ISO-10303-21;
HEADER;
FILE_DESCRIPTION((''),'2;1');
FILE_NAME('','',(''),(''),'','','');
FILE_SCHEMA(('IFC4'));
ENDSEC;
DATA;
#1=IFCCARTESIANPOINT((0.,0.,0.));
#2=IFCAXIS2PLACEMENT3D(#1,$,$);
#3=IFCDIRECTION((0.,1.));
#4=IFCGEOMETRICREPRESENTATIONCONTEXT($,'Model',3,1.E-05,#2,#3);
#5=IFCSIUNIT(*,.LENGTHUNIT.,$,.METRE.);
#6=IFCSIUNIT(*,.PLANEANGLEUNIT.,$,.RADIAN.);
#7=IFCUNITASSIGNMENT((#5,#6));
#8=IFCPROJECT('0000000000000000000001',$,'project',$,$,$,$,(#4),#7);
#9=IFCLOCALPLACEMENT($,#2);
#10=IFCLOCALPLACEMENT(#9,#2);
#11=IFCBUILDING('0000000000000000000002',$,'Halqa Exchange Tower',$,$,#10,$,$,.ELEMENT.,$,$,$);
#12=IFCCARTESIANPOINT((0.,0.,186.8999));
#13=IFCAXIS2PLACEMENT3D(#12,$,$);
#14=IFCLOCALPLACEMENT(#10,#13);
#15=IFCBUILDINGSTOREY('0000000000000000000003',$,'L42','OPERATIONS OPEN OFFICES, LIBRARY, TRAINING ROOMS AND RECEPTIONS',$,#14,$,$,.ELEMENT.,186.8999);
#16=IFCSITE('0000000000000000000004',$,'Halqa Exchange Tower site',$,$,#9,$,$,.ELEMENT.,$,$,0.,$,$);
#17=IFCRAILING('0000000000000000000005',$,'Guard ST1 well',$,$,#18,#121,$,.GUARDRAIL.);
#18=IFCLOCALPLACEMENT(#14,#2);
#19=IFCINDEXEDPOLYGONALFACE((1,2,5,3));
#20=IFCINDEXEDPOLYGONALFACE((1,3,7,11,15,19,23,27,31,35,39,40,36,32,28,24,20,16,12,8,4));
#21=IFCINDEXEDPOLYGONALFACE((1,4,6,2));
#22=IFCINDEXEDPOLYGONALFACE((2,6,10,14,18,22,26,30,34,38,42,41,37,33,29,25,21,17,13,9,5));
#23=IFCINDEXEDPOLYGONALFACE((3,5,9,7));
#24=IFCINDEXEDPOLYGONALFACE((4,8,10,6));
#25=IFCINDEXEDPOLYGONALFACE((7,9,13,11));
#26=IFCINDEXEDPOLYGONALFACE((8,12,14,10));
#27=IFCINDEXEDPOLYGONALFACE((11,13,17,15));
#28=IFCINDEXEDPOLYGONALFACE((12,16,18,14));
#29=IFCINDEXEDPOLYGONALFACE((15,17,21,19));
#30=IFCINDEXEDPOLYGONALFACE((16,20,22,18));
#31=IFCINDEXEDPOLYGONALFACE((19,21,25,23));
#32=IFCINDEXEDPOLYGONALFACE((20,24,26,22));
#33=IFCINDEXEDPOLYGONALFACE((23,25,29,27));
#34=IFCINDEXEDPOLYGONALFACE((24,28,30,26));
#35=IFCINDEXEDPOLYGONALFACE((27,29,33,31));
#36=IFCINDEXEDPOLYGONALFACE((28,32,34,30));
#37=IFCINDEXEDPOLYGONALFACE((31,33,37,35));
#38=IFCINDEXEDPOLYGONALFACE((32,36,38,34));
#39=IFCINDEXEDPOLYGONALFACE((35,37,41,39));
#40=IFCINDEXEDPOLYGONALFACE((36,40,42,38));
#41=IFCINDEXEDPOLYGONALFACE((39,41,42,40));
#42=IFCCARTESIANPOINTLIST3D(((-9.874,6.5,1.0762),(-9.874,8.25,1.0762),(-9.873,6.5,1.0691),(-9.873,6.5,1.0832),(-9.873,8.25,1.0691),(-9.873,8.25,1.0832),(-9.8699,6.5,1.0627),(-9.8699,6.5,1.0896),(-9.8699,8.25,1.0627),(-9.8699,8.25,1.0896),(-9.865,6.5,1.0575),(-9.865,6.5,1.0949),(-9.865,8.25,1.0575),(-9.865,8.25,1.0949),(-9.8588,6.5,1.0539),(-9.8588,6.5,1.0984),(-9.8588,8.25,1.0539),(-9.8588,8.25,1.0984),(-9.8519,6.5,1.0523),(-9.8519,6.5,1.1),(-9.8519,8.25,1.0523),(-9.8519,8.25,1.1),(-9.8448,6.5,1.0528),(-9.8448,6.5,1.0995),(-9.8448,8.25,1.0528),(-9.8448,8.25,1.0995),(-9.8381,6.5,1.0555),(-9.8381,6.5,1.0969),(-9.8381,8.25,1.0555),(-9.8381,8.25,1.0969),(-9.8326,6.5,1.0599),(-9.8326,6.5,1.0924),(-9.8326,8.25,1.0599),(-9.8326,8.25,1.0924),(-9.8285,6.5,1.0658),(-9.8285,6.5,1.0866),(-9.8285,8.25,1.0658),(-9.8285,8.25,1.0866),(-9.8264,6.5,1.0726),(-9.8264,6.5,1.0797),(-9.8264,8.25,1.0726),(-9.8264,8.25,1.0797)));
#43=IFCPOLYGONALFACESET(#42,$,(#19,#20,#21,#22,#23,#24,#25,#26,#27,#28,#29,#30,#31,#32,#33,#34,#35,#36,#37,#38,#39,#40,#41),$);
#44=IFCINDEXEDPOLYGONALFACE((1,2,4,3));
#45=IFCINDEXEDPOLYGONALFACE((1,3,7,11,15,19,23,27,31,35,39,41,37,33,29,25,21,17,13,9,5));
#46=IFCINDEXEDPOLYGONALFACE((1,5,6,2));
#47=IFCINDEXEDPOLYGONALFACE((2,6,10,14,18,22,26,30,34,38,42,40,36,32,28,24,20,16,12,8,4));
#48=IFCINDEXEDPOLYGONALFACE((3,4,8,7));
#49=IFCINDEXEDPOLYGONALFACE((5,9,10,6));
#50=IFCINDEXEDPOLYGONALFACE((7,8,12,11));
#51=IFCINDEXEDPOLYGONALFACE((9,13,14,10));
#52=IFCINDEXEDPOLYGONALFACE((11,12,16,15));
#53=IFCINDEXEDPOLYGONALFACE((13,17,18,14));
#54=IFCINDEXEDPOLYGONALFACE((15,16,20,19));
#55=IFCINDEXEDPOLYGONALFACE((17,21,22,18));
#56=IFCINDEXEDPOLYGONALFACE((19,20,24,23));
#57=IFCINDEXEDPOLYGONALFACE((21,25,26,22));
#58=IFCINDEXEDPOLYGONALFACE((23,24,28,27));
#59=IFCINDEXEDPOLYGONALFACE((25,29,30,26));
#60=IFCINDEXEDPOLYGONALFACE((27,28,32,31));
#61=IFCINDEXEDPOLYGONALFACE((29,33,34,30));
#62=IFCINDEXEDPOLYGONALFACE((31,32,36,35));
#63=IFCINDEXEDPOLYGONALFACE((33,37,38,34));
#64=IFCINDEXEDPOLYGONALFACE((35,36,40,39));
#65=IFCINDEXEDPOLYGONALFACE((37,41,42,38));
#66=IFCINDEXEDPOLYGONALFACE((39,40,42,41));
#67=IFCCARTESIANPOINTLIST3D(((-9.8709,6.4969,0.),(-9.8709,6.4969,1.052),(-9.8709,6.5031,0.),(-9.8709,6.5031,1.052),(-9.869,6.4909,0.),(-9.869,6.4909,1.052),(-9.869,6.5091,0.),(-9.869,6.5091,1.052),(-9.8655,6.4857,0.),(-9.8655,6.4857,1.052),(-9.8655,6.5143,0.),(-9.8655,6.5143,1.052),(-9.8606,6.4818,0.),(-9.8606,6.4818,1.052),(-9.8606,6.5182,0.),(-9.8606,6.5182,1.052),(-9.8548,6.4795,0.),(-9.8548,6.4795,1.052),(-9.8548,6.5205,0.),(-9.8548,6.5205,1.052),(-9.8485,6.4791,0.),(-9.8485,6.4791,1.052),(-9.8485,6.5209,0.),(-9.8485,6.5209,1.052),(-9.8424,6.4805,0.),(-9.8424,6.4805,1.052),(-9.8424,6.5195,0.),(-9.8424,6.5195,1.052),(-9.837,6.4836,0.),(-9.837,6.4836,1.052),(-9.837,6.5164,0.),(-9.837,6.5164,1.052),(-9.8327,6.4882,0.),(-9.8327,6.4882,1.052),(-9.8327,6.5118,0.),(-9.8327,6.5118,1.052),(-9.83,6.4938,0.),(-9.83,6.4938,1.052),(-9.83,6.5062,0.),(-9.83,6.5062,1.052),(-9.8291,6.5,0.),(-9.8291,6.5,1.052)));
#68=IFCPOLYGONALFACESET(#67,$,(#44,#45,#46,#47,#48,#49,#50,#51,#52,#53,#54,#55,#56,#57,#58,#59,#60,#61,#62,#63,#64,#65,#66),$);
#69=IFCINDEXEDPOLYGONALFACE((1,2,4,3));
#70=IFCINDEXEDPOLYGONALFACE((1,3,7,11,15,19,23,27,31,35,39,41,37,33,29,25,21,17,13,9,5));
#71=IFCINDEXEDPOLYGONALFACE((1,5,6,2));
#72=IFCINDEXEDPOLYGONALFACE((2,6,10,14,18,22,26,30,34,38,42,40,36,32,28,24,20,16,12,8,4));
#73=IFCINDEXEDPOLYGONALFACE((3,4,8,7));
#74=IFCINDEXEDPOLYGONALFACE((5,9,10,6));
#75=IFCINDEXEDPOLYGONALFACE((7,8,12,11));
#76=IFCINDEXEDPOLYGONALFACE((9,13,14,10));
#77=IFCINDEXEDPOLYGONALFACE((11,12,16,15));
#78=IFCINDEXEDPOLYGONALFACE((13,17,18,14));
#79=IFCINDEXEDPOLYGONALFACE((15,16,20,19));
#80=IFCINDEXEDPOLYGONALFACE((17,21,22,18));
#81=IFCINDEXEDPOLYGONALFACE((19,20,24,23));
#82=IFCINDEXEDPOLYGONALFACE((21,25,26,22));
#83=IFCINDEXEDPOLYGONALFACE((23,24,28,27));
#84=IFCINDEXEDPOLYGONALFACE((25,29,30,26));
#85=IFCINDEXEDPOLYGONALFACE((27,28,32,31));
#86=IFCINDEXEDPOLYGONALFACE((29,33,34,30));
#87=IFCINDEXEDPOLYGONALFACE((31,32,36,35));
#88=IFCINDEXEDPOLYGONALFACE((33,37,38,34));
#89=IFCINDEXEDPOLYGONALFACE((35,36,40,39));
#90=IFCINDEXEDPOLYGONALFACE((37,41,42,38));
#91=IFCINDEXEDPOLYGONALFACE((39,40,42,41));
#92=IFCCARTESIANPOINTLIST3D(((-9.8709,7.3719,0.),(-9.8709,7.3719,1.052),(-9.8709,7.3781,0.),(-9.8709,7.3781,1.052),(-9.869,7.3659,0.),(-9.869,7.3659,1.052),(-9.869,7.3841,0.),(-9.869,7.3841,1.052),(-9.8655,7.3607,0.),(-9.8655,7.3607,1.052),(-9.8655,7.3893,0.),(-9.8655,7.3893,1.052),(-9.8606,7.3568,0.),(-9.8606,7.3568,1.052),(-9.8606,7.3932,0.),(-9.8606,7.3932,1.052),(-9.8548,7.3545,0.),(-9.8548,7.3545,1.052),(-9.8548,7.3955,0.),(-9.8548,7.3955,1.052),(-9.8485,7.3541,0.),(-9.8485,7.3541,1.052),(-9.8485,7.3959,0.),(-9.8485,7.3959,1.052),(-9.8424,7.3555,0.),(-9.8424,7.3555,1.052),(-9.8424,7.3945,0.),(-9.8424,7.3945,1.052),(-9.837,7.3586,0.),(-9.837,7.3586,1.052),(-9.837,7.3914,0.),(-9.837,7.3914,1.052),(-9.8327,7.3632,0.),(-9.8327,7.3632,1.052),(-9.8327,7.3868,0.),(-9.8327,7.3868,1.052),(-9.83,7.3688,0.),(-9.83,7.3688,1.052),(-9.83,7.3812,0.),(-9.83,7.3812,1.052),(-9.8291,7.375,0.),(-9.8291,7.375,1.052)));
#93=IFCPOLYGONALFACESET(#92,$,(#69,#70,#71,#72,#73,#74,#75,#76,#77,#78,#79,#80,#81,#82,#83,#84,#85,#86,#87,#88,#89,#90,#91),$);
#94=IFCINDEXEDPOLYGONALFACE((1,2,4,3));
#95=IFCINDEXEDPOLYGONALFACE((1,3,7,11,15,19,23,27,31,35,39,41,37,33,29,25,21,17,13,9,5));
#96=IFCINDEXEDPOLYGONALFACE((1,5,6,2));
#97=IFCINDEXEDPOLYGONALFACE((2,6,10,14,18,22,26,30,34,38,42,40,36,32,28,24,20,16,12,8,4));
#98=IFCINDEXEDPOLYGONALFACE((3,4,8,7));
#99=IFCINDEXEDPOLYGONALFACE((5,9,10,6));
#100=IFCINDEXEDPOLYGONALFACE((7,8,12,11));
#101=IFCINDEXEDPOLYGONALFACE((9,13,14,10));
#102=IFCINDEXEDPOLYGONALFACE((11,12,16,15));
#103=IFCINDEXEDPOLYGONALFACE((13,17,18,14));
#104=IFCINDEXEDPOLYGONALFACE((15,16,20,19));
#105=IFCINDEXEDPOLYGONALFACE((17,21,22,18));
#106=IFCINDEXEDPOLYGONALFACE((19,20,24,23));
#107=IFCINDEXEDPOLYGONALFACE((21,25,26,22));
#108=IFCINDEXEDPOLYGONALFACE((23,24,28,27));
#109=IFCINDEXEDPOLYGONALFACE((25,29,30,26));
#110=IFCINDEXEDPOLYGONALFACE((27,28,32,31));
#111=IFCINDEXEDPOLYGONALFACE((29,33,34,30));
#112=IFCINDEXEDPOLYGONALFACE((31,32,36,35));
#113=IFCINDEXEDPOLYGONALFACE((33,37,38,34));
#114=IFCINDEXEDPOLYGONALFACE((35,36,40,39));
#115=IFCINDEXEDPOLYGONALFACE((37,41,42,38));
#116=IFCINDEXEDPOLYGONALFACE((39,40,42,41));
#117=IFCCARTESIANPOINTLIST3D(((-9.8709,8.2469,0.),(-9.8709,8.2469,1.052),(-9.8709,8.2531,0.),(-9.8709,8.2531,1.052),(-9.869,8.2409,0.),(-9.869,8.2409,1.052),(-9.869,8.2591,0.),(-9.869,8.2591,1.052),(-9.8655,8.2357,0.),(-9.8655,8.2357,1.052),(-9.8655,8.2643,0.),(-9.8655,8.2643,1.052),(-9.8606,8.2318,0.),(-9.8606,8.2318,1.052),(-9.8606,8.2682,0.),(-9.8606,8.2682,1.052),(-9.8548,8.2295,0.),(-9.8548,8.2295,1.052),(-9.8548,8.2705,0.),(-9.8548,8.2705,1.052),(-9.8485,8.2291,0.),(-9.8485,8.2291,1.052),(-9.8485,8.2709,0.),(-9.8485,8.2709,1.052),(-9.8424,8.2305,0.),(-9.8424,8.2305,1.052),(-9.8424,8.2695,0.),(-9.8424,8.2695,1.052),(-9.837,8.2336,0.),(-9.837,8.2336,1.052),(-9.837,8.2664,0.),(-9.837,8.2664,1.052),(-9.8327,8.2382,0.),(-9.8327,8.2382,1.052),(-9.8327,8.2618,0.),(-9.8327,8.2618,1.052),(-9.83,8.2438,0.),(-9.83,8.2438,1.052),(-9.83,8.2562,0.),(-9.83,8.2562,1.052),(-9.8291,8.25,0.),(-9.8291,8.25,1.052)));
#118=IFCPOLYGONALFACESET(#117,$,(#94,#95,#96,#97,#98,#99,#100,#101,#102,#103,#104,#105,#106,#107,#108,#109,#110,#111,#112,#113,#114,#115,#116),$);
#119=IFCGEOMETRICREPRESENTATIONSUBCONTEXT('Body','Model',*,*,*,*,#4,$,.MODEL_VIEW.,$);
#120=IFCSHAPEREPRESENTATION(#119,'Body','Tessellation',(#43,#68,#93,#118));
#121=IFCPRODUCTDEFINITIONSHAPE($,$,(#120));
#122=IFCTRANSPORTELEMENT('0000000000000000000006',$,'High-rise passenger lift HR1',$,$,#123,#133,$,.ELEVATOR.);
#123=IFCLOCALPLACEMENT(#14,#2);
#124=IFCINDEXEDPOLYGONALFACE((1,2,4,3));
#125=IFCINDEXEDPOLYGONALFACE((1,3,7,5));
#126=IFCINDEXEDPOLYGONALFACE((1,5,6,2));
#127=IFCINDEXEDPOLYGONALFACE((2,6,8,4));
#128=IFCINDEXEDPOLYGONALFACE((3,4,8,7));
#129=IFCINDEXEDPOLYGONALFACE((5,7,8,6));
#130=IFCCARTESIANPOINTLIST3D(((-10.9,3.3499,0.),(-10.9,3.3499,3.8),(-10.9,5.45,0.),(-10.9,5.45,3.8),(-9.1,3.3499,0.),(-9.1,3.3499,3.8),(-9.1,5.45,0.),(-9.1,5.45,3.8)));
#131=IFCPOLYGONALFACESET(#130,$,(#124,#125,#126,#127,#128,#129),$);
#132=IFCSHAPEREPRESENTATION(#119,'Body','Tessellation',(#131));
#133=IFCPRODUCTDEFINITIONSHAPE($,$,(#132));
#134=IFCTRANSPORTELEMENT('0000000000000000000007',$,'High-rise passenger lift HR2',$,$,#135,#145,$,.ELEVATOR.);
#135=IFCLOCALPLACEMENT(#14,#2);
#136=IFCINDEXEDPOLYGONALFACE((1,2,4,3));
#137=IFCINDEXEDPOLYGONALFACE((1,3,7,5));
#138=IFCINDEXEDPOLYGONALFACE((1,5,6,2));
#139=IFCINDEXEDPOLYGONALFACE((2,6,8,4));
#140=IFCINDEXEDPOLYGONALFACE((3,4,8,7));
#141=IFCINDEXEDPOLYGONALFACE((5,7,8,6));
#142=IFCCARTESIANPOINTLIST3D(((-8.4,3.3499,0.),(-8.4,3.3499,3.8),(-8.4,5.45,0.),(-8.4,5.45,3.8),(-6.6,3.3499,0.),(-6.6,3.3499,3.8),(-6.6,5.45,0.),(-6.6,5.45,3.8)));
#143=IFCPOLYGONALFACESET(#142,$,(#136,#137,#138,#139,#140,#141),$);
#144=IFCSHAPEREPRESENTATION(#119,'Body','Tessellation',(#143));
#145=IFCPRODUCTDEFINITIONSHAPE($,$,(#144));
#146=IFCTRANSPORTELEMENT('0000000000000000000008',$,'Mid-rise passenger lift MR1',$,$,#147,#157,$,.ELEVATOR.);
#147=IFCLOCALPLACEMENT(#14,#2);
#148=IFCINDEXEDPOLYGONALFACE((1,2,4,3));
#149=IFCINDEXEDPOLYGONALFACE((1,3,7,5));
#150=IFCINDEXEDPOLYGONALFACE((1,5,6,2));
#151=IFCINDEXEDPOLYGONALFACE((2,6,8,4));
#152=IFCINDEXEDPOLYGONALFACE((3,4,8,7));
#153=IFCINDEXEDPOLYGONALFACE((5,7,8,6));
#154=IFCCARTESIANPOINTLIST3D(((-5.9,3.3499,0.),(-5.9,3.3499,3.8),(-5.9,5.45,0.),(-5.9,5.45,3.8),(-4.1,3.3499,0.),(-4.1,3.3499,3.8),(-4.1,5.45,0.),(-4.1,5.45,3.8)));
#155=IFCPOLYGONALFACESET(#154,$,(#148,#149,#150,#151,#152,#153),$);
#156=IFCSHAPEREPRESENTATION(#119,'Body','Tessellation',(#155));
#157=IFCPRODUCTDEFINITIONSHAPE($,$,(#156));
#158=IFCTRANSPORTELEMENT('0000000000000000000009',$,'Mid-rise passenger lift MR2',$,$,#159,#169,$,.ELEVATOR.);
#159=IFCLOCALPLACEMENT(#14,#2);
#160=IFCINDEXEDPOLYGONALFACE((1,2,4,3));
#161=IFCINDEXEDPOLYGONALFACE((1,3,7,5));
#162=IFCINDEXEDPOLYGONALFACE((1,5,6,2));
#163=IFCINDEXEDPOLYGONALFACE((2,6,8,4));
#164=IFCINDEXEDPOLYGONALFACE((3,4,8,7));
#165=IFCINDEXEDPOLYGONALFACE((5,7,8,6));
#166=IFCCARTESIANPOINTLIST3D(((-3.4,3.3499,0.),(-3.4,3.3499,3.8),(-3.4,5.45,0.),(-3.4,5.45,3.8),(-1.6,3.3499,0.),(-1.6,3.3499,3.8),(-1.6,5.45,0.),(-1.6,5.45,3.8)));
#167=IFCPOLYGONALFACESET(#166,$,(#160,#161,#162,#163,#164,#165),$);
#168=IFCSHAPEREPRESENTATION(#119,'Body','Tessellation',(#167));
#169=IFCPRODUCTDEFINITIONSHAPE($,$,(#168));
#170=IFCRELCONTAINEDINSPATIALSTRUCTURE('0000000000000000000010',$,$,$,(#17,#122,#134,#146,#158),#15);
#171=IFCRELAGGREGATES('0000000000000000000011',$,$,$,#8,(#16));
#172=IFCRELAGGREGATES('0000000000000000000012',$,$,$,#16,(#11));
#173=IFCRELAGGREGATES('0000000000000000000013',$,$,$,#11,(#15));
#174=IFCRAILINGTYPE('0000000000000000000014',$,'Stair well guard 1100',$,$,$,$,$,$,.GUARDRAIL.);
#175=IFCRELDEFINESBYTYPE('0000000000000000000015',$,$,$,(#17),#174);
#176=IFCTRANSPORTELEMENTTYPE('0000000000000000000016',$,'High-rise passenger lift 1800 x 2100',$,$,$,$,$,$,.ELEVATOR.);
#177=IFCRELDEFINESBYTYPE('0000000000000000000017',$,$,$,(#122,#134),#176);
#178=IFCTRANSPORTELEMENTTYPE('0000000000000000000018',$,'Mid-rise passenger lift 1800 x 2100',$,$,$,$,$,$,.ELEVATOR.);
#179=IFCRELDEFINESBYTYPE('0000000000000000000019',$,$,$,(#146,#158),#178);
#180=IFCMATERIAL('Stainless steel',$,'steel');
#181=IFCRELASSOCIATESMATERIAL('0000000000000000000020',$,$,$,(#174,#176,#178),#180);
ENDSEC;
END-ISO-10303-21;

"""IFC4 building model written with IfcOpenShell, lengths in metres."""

from ifc_helpers import new_model, si_unit, direction, frame, origin, origin_2d, place, context, subcontext, project, spatial, rectangle, circle, extrude, material, type_object, element, save


model = new_model("IFC4")

# Units and contexts
model_context = context("Model", 3, precision=1e-05, world=origin(), true_north=direction((0.0, 1.0)))
body_context = subcontext(model_context, "Body", "Model", "MODEL_VIEW")
ifc_project = project(units=[si_unit("LENGTHUNIT", "METRE"), si_unit("PLANEANGLEUNIT", "RADIAN")], contexts=[model_context])

# Site, building, storey
site_placement = place(None, origin())
site = spatial("IfcSite", under=ifc_project, at=site_placement, Name="Halqa Exchange Tower site", CompositionType="ELEMENT", RefElevation=0.0)
building_placement = place(site_placement, origin())
building = spatial("IfcBuilding", under=site, at=building_placement, Name="Halqa Exchange Tower", CompositionType="ELEMENT")
storey_placement = place(building_placement, frame((0.0, 0.0, 186.8999)))
storey = spatial("IfcBuildingStorey", under=building, at=storey_placement, Name="L42", Description="OPERATIONS OPEN OFFICES, LIBRARY, TRAINING ROOMS AND RECEPTIONS", CompositionType="ELEMENT", Elevation=186.8999)

# Shared definitions
ifc_material_1 = material(Name="Stainless steel", Category="steel")

# Railing
railing_type_1 = type_object("IfcRailingType", Name="Stair well guard 1100", PredefinedType="GUARDRAIL", material=ifc_material_1)
railing_1_placement = place(storey_placement, frame((-9.8501, 6.5, 0.0)))
element("IfcRailing", 1, at=railing_1_placement, inside=storey, type_object=railing_type_1, Name="Guard ST1 well", PredefinedType="GUARDRAIL", context=body_context, shape_type="SweptSolid", body=[
    extrude(circle(Radius=0.0239, at=origin_2d()), frame((0.0, 0.0, 1.0762), z_axis=(0.0, 1.0, 0.0), x_axis=(-1.0, 0.0, 0.0)), (0.0, 0.0, 1.0), 1.75),
    extrude(circle(Radius=0.021, at=origin_2d()), origin(), (0.0, 0.0, 1.0), 1.052),
    extrude(circle(Radius=0.021, at=origin_2d()), frame((0.0, 0.875, 0.0)), (0.0, 0.0, 1.0), 1.052),
    extrude(circle(Radius=0.021, at=origin_2d()), frame((0.0, 1.75, 0.0)), (0.0, 0.0, 1.0), 1.052),
])

# Transport elements
transport_element_type_1 = type_object("IfcTransportElementType", Name="High-rise passenger lift 1800 x 2100", PredefinedType="ELEVATOR", material=ifc_material_1)
for number, where, z_axis, x_axis, name in (
    (2, (-10.0, 4.3999, 0.0), (0.0, 0.0, 1.0), (1.0, 0.0, 0.0), "High-rise passenger lift HR1"),
    (3, (-7.5, 4.3999, 0.0), (0.0, 0.0, 1.0), (1.0, 0.0, 0.0), "High-rise passenger lift HR2"),
):
    element("IfcTransportElement", number, at=place(storey_placement, frame(where, z_axis=z_axis, x_axis=x_axis)), inside=storey, type_object=transport_element_type_1, Name=name, PredefinedType="ELEVATOR", context=body_context, shape_type="SweptSolid", body=[
        extrude(rectangle(XDim=1.8, YDim=2.1001, at=origin_2d()), origin(), (0.0, 0.0, 1.0), 3.8),
    ])
transport_element_type_2 = type_object("IfcTransportElementType", Name="Mid-rise passenger lift 1800 x 2100", PredefinedType="ELEVATOR", material=ifc_material_1)
for number, where, z_axis, x_axis, name in (
    (4, (-5.0, 4.3999, 0.0), (0.0, 0.0, 1.0), (1.0, 0.0, 0.0), "Mid-rise passenger lift MR1"),
    (5, (-2.5, 4.3999, 0.0), (0.0, 0.0, 1.0), (1.0, 0.0, 0.0), "Mid-rise passenger lift MR2"),
):
    element("IfcTransportElement", number, at=place(storey_placement, frame(where, z_axis=z_axis, x_axis=x_axis)), inside=storey, type_object=transport_element_type_2, Name=name, PredefinedType="ELEVATOR", context=body_context, shape_type="SweptSolid", body=[
        extrude(rectangle(XDim=1.8, YDim=2.1001, at=origin_2d()), origin(), (0.0, 0.0, 1.0), 3.8),
    ])

save(model, "model.ifc")
